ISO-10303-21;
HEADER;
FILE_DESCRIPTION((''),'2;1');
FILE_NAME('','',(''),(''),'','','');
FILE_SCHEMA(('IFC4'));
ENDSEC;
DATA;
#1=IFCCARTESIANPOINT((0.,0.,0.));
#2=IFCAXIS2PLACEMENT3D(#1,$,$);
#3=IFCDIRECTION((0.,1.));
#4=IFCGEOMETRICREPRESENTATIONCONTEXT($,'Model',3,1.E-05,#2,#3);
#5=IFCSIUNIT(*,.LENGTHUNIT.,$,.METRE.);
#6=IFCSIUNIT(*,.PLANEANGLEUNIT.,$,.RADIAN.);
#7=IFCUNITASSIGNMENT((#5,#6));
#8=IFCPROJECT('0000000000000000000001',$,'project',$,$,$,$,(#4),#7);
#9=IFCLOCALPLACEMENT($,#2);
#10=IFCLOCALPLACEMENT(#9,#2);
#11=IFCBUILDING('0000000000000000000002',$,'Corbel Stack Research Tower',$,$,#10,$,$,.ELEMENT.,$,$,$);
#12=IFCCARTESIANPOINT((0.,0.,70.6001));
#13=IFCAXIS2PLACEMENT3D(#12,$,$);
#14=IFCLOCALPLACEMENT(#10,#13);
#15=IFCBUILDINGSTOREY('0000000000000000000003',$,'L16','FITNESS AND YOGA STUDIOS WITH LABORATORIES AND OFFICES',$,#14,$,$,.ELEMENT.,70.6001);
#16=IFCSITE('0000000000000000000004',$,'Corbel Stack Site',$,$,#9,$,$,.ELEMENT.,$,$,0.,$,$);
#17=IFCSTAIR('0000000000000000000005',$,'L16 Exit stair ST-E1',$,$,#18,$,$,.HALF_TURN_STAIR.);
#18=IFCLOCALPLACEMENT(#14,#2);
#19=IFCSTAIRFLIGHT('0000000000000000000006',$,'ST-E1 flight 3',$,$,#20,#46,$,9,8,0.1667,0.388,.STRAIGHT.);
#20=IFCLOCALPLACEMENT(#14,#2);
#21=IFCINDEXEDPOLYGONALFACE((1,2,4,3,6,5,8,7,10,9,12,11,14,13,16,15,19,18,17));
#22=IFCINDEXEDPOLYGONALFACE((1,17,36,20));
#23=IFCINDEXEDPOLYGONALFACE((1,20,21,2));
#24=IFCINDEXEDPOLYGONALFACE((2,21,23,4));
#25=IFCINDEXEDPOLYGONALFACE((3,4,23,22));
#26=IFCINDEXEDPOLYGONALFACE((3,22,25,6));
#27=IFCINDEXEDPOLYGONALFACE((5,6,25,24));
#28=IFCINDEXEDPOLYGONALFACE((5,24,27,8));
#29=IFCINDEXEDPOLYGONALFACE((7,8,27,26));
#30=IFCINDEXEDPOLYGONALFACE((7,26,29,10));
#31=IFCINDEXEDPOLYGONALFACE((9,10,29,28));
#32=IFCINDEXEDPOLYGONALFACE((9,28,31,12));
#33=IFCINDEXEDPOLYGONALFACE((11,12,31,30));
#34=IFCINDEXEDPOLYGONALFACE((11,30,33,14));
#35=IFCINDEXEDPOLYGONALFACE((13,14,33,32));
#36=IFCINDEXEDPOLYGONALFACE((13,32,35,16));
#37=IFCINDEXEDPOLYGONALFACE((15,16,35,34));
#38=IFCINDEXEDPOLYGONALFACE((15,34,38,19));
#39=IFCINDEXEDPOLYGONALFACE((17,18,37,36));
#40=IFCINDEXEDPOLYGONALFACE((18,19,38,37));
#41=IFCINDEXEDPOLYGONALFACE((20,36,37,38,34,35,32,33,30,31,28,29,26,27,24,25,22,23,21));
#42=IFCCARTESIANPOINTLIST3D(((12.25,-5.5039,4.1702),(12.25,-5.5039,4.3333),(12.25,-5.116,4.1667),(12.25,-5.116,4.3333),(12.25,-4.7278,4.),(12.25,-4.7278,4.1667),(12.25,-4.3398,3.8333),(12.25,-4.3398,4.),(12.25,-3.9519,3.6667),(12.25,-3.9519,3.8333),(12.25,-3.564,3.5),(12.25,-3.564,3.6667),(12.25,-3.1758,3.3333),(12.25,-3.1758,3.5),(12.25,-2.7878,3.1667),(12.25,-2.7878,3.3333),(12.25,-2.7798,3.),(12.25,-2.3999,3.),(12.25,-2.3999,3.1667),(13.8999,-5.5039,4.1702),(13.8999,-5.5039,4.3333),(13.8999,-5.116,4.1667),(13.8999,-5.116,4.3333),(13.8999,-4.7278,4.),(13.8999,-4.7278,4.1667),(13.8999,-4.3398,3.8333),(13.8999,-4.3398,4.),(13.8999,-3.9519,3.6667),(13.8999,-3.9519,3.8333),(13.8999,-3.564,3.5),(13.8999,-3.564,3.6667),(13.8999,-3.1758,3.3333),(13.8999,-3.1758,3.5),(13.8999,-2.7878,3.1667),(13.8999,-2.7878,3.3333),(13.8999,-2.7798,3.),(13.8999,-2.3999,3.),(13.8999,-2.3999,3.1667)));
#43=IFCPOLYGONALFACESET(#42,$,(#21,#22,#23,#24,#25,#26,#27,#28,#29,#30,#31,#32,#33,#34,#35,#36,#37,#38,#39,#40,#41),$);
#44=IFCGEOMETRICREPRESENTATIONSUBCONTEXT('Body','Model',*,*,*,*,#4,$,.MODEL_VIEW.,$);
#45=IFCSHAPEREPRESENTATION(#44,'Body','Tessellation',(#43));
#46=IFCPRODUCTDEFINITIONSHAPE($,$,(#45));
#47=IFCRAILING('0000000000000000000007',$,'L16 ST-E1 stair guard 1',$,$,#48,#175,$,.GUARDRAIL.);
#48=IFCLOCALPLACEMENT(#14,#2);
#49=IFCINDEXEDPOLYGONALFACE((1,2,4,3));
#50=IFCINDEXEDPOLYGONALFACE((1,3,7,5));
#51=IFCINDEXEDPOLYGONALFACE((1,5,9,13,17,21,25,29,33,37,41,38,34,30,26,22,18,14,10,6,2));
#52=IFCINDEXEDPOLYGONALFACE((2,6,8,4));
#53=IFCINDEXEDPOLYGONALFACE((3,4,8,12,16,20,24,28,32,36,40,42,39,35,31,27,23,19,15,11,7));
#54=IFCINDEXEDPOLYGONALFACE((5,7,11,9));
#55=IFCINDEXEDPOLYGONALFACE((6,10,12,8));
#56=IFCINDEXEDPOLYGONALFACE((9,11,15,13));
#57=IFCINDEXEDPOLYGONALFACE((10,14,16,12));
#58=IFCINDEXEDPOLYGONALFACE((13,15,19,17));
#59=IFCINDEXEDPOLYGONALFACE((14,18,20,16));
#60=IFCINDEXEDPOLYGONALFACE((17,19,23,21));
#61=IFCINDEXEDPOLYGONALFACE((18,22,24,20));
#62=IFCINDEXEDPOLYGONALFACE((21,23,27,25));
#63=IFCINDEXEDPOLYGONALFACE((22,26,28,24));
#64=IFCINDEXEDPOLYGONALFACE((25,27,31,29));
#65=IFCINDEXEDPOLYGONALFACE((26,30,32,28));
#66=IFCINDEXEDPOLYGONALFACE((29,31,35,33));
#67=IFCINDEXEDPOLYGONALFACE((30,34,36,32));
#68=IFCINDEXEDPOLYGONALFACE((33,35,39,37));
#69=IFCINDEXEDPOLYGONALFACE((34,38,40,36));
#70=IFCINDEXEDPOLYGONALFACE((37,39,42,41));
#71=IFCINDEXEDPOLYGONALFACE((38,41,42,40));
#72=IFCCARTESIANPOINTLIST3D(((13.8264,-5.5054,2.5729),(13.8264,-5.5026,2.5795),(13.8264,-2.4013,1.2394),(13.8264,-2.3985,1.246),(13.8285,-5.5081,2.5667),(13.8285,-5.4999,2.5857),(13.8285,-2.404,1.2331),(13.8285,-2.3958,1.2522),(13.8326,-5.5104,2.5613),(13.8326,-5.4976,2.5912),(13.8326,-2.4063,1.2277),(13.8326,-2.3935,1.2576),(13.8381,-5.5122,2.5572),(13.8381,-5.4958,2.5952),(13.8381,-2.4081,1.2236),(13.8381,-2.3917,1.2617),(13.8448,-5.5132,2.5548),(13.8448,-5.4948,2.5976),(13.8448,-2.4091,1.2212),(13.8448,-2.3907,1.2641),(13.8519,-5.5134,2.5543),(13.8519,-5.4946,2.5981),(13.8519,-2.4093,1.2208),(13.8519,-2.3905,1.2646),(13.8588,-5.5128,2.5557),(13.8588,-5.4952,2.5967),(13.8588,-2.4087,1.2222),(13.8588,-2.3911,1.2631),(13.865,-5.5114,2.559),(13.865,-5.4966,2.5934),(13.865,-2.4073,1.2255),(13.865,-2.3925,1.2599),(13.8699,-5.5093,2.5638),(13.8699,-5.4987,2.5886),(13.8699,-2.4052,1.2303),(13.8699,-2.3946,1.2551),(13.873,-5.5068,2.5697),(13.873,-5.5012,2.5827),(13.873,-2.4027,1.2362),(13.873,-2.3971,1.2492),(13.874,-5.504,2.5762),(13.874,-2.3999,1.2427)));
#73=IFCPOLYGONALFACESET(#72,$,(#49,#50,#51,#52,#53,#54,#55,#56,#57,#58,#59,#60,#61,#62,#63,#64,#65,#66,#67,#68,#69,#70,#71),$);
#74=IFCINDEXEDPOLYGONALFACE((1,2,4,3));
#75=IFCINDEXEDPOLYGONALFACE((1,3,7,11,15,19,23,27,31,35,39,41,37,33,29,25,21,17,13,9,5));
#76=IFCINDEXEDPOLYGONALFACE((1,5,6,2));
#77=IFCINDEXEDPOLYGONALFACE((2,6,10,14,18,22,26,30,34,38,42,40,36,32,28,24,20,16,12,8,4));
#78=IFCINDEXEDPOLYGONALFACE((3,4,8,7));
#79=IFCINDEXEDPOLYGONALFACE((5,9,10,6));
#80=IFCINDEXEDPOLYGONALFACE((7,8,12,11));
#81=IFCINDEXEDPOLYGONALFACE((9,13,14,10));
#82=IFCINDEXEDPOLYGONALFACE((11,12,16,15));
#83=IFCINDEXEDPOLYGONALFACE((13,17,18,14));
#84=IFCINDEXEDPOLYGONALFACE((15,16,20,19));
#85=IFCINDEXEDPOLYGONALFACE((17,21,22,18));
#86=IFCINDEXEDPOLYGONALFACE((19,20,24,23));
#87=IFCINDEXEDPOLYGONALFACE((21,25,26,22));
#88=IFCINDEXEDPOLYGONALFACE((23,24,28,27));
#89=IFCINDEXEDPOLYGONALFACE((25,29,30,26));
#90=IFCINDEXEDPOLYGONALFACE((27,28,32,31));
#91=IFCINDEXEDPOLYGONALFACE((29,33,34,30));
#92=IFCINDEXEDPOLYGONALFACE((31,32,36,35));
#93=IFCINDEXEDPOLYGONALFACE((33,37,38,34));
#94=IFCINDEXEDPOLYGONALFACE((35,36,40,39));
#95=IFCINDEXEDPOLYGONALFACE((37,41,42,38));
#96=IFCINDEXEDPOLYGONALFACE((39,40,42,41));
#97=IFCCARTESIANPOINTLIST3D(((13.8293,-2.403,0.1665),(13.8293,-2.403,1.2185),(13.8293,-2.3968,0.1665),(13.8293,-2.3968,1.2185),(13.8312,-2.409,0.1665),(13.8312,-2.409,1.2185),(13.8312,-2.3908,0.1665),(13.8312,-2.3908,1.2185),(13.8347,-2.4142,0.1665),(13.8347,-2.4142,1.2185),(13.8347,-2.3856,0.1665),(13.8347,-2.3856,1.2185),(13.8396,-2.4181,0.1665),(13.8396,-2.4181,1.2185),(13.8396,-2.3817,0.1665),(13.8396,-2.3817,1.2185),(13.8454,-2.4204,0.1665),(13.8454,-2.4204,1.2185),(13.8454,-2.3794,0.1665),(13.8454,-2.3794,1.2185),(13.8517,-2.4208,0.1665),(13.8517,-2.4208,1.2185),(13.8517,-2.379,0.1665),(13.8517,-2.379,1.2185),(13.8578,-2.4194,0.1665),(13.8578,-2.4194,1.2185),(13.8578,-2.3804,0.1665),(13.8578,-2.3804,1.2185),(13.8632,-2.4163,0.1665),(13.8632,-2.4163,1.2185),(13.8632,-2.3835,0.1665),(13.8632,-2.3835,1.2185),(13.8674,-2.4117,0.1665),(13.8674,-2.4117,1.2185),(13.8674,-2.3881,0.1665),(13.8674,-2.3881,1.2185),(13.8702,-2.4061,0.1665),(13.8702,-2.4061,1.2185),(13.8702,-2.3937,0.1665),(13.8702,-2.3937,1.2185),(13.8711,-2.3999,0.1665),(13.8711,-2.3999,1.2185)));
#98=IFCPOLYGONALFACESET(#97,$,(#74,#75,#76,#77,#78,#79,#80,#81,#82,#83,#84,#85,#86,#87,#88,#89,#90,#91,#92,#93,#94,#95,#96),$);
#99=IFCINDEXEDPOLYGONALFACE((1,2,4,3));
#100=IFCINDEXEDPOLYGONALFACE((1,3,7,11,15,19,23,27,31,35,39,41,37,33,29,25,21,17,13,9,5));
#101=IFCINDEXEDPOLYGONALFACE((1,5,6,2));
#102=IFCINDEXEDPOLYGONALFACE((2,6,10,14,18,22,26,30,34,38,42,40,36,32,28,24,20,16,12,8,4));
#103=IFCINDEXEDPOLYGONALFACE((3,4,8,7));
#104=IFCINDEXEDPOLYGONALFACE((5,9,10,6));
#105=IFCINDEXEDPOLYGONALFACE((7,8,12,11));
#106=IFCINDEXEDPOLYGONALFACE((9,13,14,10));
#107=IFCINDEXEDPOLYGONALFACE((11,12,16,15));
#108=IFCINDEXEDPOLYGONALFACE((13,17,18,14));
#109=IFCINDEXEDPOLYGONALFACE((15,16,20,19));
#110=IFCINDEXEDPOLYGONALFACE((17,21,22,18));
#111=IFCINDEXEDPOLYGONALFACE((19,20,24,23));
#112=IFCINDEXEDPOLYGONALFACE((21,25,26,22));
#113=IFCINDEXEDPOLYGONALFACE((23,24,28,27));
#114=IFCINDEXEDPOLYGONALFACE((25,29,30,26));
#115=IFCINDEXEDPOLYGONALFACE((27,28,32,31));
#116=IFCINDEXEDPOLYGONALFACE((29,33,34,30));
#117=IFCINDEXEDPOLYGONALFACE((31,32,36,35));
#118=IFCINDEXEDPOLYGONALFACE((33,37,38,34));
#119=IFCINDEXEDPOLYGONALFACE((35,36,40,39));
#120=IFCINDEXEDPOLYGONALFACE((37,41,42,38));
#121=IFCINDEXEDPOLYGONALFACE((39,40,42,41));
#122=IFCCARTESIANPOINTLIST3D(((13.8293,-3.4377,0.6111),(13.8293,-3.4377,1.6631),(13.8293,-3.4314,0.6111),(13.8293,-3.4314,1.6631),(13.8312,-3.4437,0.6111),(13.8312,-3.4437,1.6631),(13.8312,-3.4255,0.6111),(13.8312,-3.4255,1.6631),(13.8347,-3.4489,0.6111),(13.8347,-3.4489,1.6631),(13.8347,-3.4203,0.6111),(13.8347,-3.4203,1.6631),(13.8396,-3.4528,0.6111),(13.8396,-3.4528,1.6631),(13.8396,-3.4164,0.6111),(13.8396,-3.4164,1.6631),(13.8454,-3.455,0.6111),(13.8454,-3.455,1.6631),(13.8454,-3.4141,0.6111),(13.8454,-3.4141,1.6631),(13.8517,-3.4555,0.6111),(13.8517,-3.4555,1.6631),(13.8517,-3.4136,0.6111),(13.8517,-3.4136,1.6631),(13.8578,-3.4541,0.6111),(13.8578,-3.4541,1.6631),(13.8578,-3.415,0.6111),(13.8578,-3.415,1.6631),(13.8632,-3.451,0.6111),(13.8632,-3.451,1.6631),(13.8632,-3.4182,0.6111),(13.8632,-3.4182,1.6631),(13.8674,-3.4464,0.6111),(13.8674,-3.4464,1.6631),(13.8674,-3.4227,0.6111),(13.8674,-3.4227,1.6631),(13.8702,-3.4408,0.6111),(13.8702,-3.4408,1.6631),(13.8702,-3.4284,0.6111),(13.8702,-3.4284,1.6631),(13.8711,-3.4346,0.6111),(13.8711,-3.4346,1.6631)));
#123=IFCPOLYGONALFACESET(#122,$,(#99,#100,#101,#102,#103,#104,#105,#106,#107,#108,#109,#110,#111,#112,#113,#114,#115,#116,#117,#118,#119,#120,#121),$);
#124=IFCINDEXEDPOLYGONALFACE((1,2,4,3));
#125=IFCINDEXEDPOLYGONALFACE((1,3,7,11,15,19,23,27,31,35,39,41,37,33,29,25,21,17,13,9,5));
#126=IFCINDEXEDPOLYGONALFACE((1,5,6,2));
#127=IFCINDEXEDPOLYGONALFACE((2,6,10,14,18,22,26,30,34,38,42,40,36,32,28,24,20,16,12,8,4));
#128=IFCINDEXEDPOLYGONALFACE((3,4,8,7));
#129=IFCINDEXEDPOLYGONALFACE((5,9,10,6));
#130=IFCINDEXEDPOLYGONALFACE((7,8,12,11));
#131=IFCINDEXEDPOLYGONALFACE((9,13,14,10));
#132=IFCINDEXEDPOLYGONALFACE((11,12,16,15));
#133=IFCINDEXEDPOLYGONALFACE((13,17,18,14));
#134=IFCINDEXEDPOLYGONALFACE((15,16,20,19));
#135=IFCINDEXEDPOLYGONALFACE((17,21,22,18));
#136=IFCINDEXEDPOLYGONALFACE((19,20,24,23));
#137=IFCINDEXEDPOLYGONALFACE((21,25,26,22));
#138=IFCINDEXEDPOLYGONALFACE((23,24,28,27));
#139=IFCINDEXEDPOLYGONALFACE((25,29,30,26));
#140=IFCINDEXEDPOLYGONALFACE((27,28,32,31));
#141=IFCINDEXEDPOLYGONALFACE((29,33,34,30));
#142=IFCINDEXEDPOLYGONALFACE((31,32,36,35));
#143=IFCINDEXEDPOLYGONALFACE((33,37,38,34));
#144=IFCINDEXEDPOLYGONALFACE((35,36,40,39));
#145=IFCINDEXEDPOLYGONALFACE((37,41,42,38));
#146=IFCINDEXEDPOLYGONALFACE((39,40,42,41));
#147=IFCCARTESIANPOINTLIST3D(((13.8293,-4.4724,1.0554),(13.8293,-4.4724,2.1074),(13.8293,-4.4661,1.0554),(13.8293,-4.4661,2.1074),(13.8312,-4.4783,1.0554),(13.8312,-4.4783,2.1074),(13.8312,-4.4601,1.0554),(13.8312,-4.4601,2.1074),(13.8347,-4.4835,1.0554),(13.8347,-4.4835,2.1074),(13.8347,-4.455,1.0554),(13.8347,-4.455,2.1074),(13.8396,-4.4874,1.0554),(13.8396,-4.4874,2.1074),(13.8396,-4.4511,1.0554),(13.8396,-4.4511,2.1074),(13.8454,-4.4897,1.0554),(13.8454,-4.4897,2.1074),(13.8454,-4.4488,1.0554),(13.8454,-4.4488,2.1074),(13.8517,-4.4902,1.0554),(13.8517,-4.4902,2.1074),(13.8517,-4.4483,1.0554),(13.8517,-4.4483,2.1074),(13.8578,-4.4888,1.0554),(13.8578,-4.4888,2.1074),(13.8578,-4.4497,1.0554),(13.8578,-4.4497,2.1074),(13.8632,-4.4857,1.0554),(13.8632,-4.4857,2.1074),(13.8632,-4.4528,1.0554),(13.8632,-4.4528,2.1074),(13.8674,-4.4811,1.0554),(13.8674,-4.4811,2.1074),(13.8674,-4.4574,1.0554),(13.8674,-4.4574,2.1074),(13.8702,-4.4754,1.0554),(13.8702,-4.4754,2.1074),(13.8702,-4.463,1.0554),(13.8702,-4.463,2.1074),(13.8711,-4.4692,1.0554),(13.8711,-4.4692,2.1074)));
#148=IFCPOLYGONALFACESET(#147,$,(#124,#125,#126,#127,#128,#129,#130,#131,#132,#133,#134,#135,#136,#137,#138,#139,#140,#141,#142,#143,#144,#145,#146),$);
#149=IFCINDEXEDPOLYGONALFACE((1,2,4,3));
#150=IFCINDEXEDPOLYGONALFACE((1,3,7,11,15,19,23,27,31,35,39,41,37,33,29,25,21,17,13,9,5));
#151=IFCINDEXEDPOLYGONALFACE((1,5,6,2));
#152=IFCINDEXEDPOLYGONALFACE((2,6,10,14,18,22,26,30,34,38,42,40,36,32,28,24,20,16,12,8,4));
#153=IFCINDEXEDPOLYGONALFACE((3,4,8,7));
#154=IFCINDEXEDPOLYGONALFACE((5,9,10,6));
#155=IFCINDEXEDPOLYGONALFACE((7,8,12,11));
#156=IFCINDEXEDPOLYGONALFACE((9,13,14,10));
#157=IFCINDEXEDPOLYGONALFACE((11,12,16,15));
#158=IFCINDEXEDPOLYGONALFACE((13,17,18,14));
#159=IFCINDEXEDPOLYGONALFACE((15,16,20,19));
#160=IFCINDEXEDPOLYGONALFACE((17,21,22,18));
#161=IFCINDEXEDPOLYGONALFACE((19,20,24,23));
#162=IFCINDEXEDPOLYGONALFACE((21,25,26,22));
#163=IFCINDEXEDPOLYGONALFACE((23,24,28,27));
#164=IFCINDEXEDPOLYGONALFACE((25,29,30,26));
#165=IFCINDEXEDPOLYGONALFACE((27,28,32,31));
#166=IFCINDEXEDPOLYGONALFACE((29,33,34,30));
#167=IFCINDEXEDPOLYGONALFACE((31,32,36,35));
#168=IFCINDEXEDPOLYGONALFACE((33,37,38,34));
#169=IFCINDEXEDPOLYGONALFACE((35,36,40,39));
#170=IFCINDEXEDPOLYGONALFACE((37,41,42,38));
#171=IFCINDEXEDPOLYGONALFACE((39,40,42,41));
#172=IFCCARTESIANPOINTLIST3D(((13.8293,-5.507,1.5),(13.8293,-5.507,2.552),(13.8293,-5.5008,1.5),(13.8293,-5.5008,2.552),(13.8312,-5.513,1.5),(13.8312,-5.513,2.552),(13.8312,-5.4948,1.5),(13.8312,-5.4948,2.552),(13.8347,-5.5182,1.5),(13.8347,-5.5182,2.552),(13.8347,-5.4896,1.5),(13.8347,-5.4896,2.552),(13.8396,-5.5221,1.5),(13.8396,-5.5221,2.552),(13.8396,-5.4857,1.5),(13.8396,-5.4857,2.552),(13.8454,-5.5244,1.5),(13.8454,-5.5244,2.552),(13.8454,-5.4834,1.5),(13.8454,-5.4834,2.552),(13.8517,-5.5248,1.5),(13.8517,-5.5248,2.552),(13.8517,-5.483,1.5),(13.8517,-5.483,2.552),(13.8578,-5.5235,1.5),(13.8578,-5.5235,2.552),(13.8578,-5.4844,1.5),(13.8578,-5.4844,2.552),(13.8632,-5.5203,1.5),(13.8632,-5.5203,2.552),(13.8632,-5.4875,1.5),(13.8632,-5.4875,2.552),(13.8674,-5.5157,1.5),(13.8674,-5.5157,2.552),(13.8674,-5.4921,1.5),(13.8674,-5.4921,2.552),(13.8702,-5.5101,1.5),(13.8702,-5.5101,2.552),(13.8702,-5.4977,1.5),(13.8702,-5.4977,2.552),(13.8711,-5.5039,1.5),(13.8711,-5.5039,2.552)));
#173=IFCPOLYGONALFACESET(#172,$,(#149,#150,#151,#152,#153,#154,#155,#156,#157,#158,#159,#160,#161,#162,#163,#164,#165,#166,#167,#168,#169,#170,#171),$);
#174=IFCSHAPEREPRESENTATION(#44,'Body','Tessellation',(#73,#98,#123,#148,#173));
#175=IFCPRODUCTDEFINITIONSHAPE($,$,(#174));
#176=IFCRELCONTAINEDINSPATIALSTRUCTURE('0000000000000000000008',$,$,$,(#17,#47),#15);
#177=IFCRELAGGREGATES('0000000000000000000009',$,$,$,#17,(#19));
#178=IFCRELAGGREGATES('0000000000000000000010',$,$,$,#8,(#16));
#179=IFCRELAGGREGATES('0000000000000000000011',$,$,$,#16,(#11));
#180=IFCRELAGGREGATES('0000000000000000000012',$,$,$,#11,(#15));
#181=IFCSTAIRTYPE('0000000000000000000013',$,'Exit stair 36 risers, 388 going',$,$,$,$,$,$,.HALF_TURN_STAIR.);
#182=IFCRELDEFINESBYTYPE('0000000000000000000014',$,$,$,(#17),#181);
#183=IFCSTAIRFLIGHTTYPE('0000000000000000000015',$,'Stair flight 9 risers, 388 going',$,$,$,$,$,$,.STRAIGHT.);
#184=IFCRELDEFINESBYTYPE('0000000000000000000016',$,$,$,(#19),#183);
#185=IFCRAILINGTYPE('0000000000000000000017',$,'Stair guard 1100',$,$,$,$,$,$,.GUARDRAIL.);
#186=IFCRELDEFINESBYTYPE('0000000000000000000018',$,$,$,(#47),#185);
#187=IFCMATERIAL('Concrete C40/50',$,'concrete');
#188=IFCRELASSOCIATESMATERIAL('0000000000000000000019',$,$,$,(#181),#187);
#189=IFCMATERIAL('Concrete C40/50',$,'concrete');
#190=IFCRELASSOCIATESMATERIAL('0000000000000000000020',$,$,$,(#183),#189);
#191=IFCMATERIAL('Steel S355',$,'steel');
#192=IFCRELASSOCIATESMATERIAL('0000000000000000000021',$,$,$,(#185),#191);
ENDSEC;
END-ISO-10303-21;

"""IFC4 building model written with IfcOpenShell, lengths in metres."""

from ifc_helpers import new_model, si_unit, direction, frame, origin, origin_2d, place, context, subcontext, project, spatial, polyline, circle, outline, extrude, material, type_object, element, aggregate, save


model = new_model("IFC4")

# Units and contexts
model_context = context("Model", 3, precision=1e-05, world=origin(), true_north=direction((0.0, 1.0)))
body_context = subcontext(model_context, "Body", "Model", "MODEL_VIEW")
ifc_project = project(units=[si_unit("LENGTHUNIT", "METRE"), si_unit("PLANEANGLEUNIT", "RADIAN")], contexts=[model_context])

# Site, building, storey
site_placement = place(None, origin())
site = spatial("IfcSite", under=ifc_project, at=site_placement, Name="Corbel Stack Site", CompositionType="ELEMENT", RefElevation=0.0)
building_placement = place(site_placement, origin())
building = spatial("IfcBuilding", under=site, at=building_placement, Name="Corbel Stack Research Tower", CompositionType="ELEMENT")
storey_placement = place(building_placement, frame((0.0, 0.0, 70.6001)))
storey = spatial("IfcBuildingStorey", under=building, at=storey_placement, Name="L16", Description="FITNESS AND YOGA STUDIOS WITH LABORATORIES AND OFFICES", CompositionType="ELEMENT", Elevation=70.6001)

# Stair, stair flight
ifc_material_1 = material(Name="Concrete C40/50", Category="concrete")
stair_type = type_object("IfcStairType", Name="Exit stair 36 risers, 388 going", PredefinedType="HALF_TURN_STAIR", material=ifc_material_1)
stair_placement = place(storey_placement, origin())
stair = element("IfcStair", 1, at=stair_placement, inside=storey, type_object=stair_type, Name="L16 Exit stair ST-E1", PredefinedType="HALF_TURN_STAIR")
ifc_material_2 = material(Name="Concrete C40/50", Category="concrete")
stair_flight_type = type_object("IfcStairFlightType", Name="Stair flight 9 risers, 388 going", PredefinedType="STRAIGHT", material=ifc_material_2)
stair_flight_1_placement = place(storey_placement, frame((13.075, -2.3999, 3.0), z_axis=(0.0, 0.0, 1.0), x_axis=(0.0, -1.0, 0.0)))
stair_flight_1 = element("IfcStairFlight", 2, at=stair_flight_1_placement, type_object=stair_flight_type, Name="ST-E1 flight 3", NumberOfRisers=9, NumberOfTreads=8, PredefinedType="STRAIGHT", RiserHeight=0.1667, TreadLength=0.388, context=body_context, shape_type="SweptSolid", body=[
    extrude(outline(polyline([(0.0, 0.0), (0.0, 0.1667), (0.3879, 0.1667), (0.3879, 0.3333), (0.7759, 0.3333), (0.7759, 0.5), (1.1641, 0.5), (1.1641, 0.6667), (1.552, 0.6667), (1.552, 0.8333), (1.9399, 0.8333), (1.9399, 1.0), (2.3279, 1.0), (2.3279, 1.1667), (2.7161, 1.1667), (2.7161, 1.3333), (3.104, 1.3333), (3.104, 1.5), (3.104, 1.1702), (0.3799, 0.0), (0.0, 0.0)])), frame((0.0, 0.825, 0.0), z_axis=(0.0, -1.0, 0.0), x_axis=(1.0, 0.0, 0.0)), (0.0, 0.0, 1.0), 1.6499),
])
aggregate(stair, [stair_flight_1])

# Railing
ifc_material_3 = material(Name="Steel S355", Category="steel")
railing_type_1 = type_object("IfcRailingType", Name="Stair guard 1100", PredefinedType="GUARDRAIL", material=ifc_material_3)
railing_1_placement = place(storey_placement, frame((13.8501, -2.3999, 0.1665)))
element("IfcRailing", 3, at=railing_1_placement, inside=storey, type_object=railing_type_1, Name="L16 ST-E1 stair guard 1", PredefinedType="GUARDRAIL", context=body_context, shape_type="SweptSolid", body=[
    extrude(circle(Radius=0.0239, at=origin_2d()), frame((0.0, 0.0, 1.0762), z_axis=(0.0, -0.918801, 0.394722), x_axis=(1.0, 0.0, 0.0)), (0.0, 0.0, 1.0), 3.3784),
    extrude(circle(Radius=0.021, at=origin_2d()), origin(), (0.0, 0.0, 1.0), 1.052),
    extrude(circle(Radius=0.021, at=origin_2d()), frame((0.0, -1.0347, 0.4446)), (0.0, 0.0, 1.0), 1.052),
    extrude(circle(Radius=0.021, at=origin_2d()), frame((0.0, -2.0693, 0.8889)), (0.0, 0.0, 1.0), 1.052),
    extrude(circle(Radius=0.021, at=origin_2d()), frame((0.0, -3.104, 1.3335)), (0.0, 0.0, 1.0), 1.052),
])

save(model, "model.ifc")
